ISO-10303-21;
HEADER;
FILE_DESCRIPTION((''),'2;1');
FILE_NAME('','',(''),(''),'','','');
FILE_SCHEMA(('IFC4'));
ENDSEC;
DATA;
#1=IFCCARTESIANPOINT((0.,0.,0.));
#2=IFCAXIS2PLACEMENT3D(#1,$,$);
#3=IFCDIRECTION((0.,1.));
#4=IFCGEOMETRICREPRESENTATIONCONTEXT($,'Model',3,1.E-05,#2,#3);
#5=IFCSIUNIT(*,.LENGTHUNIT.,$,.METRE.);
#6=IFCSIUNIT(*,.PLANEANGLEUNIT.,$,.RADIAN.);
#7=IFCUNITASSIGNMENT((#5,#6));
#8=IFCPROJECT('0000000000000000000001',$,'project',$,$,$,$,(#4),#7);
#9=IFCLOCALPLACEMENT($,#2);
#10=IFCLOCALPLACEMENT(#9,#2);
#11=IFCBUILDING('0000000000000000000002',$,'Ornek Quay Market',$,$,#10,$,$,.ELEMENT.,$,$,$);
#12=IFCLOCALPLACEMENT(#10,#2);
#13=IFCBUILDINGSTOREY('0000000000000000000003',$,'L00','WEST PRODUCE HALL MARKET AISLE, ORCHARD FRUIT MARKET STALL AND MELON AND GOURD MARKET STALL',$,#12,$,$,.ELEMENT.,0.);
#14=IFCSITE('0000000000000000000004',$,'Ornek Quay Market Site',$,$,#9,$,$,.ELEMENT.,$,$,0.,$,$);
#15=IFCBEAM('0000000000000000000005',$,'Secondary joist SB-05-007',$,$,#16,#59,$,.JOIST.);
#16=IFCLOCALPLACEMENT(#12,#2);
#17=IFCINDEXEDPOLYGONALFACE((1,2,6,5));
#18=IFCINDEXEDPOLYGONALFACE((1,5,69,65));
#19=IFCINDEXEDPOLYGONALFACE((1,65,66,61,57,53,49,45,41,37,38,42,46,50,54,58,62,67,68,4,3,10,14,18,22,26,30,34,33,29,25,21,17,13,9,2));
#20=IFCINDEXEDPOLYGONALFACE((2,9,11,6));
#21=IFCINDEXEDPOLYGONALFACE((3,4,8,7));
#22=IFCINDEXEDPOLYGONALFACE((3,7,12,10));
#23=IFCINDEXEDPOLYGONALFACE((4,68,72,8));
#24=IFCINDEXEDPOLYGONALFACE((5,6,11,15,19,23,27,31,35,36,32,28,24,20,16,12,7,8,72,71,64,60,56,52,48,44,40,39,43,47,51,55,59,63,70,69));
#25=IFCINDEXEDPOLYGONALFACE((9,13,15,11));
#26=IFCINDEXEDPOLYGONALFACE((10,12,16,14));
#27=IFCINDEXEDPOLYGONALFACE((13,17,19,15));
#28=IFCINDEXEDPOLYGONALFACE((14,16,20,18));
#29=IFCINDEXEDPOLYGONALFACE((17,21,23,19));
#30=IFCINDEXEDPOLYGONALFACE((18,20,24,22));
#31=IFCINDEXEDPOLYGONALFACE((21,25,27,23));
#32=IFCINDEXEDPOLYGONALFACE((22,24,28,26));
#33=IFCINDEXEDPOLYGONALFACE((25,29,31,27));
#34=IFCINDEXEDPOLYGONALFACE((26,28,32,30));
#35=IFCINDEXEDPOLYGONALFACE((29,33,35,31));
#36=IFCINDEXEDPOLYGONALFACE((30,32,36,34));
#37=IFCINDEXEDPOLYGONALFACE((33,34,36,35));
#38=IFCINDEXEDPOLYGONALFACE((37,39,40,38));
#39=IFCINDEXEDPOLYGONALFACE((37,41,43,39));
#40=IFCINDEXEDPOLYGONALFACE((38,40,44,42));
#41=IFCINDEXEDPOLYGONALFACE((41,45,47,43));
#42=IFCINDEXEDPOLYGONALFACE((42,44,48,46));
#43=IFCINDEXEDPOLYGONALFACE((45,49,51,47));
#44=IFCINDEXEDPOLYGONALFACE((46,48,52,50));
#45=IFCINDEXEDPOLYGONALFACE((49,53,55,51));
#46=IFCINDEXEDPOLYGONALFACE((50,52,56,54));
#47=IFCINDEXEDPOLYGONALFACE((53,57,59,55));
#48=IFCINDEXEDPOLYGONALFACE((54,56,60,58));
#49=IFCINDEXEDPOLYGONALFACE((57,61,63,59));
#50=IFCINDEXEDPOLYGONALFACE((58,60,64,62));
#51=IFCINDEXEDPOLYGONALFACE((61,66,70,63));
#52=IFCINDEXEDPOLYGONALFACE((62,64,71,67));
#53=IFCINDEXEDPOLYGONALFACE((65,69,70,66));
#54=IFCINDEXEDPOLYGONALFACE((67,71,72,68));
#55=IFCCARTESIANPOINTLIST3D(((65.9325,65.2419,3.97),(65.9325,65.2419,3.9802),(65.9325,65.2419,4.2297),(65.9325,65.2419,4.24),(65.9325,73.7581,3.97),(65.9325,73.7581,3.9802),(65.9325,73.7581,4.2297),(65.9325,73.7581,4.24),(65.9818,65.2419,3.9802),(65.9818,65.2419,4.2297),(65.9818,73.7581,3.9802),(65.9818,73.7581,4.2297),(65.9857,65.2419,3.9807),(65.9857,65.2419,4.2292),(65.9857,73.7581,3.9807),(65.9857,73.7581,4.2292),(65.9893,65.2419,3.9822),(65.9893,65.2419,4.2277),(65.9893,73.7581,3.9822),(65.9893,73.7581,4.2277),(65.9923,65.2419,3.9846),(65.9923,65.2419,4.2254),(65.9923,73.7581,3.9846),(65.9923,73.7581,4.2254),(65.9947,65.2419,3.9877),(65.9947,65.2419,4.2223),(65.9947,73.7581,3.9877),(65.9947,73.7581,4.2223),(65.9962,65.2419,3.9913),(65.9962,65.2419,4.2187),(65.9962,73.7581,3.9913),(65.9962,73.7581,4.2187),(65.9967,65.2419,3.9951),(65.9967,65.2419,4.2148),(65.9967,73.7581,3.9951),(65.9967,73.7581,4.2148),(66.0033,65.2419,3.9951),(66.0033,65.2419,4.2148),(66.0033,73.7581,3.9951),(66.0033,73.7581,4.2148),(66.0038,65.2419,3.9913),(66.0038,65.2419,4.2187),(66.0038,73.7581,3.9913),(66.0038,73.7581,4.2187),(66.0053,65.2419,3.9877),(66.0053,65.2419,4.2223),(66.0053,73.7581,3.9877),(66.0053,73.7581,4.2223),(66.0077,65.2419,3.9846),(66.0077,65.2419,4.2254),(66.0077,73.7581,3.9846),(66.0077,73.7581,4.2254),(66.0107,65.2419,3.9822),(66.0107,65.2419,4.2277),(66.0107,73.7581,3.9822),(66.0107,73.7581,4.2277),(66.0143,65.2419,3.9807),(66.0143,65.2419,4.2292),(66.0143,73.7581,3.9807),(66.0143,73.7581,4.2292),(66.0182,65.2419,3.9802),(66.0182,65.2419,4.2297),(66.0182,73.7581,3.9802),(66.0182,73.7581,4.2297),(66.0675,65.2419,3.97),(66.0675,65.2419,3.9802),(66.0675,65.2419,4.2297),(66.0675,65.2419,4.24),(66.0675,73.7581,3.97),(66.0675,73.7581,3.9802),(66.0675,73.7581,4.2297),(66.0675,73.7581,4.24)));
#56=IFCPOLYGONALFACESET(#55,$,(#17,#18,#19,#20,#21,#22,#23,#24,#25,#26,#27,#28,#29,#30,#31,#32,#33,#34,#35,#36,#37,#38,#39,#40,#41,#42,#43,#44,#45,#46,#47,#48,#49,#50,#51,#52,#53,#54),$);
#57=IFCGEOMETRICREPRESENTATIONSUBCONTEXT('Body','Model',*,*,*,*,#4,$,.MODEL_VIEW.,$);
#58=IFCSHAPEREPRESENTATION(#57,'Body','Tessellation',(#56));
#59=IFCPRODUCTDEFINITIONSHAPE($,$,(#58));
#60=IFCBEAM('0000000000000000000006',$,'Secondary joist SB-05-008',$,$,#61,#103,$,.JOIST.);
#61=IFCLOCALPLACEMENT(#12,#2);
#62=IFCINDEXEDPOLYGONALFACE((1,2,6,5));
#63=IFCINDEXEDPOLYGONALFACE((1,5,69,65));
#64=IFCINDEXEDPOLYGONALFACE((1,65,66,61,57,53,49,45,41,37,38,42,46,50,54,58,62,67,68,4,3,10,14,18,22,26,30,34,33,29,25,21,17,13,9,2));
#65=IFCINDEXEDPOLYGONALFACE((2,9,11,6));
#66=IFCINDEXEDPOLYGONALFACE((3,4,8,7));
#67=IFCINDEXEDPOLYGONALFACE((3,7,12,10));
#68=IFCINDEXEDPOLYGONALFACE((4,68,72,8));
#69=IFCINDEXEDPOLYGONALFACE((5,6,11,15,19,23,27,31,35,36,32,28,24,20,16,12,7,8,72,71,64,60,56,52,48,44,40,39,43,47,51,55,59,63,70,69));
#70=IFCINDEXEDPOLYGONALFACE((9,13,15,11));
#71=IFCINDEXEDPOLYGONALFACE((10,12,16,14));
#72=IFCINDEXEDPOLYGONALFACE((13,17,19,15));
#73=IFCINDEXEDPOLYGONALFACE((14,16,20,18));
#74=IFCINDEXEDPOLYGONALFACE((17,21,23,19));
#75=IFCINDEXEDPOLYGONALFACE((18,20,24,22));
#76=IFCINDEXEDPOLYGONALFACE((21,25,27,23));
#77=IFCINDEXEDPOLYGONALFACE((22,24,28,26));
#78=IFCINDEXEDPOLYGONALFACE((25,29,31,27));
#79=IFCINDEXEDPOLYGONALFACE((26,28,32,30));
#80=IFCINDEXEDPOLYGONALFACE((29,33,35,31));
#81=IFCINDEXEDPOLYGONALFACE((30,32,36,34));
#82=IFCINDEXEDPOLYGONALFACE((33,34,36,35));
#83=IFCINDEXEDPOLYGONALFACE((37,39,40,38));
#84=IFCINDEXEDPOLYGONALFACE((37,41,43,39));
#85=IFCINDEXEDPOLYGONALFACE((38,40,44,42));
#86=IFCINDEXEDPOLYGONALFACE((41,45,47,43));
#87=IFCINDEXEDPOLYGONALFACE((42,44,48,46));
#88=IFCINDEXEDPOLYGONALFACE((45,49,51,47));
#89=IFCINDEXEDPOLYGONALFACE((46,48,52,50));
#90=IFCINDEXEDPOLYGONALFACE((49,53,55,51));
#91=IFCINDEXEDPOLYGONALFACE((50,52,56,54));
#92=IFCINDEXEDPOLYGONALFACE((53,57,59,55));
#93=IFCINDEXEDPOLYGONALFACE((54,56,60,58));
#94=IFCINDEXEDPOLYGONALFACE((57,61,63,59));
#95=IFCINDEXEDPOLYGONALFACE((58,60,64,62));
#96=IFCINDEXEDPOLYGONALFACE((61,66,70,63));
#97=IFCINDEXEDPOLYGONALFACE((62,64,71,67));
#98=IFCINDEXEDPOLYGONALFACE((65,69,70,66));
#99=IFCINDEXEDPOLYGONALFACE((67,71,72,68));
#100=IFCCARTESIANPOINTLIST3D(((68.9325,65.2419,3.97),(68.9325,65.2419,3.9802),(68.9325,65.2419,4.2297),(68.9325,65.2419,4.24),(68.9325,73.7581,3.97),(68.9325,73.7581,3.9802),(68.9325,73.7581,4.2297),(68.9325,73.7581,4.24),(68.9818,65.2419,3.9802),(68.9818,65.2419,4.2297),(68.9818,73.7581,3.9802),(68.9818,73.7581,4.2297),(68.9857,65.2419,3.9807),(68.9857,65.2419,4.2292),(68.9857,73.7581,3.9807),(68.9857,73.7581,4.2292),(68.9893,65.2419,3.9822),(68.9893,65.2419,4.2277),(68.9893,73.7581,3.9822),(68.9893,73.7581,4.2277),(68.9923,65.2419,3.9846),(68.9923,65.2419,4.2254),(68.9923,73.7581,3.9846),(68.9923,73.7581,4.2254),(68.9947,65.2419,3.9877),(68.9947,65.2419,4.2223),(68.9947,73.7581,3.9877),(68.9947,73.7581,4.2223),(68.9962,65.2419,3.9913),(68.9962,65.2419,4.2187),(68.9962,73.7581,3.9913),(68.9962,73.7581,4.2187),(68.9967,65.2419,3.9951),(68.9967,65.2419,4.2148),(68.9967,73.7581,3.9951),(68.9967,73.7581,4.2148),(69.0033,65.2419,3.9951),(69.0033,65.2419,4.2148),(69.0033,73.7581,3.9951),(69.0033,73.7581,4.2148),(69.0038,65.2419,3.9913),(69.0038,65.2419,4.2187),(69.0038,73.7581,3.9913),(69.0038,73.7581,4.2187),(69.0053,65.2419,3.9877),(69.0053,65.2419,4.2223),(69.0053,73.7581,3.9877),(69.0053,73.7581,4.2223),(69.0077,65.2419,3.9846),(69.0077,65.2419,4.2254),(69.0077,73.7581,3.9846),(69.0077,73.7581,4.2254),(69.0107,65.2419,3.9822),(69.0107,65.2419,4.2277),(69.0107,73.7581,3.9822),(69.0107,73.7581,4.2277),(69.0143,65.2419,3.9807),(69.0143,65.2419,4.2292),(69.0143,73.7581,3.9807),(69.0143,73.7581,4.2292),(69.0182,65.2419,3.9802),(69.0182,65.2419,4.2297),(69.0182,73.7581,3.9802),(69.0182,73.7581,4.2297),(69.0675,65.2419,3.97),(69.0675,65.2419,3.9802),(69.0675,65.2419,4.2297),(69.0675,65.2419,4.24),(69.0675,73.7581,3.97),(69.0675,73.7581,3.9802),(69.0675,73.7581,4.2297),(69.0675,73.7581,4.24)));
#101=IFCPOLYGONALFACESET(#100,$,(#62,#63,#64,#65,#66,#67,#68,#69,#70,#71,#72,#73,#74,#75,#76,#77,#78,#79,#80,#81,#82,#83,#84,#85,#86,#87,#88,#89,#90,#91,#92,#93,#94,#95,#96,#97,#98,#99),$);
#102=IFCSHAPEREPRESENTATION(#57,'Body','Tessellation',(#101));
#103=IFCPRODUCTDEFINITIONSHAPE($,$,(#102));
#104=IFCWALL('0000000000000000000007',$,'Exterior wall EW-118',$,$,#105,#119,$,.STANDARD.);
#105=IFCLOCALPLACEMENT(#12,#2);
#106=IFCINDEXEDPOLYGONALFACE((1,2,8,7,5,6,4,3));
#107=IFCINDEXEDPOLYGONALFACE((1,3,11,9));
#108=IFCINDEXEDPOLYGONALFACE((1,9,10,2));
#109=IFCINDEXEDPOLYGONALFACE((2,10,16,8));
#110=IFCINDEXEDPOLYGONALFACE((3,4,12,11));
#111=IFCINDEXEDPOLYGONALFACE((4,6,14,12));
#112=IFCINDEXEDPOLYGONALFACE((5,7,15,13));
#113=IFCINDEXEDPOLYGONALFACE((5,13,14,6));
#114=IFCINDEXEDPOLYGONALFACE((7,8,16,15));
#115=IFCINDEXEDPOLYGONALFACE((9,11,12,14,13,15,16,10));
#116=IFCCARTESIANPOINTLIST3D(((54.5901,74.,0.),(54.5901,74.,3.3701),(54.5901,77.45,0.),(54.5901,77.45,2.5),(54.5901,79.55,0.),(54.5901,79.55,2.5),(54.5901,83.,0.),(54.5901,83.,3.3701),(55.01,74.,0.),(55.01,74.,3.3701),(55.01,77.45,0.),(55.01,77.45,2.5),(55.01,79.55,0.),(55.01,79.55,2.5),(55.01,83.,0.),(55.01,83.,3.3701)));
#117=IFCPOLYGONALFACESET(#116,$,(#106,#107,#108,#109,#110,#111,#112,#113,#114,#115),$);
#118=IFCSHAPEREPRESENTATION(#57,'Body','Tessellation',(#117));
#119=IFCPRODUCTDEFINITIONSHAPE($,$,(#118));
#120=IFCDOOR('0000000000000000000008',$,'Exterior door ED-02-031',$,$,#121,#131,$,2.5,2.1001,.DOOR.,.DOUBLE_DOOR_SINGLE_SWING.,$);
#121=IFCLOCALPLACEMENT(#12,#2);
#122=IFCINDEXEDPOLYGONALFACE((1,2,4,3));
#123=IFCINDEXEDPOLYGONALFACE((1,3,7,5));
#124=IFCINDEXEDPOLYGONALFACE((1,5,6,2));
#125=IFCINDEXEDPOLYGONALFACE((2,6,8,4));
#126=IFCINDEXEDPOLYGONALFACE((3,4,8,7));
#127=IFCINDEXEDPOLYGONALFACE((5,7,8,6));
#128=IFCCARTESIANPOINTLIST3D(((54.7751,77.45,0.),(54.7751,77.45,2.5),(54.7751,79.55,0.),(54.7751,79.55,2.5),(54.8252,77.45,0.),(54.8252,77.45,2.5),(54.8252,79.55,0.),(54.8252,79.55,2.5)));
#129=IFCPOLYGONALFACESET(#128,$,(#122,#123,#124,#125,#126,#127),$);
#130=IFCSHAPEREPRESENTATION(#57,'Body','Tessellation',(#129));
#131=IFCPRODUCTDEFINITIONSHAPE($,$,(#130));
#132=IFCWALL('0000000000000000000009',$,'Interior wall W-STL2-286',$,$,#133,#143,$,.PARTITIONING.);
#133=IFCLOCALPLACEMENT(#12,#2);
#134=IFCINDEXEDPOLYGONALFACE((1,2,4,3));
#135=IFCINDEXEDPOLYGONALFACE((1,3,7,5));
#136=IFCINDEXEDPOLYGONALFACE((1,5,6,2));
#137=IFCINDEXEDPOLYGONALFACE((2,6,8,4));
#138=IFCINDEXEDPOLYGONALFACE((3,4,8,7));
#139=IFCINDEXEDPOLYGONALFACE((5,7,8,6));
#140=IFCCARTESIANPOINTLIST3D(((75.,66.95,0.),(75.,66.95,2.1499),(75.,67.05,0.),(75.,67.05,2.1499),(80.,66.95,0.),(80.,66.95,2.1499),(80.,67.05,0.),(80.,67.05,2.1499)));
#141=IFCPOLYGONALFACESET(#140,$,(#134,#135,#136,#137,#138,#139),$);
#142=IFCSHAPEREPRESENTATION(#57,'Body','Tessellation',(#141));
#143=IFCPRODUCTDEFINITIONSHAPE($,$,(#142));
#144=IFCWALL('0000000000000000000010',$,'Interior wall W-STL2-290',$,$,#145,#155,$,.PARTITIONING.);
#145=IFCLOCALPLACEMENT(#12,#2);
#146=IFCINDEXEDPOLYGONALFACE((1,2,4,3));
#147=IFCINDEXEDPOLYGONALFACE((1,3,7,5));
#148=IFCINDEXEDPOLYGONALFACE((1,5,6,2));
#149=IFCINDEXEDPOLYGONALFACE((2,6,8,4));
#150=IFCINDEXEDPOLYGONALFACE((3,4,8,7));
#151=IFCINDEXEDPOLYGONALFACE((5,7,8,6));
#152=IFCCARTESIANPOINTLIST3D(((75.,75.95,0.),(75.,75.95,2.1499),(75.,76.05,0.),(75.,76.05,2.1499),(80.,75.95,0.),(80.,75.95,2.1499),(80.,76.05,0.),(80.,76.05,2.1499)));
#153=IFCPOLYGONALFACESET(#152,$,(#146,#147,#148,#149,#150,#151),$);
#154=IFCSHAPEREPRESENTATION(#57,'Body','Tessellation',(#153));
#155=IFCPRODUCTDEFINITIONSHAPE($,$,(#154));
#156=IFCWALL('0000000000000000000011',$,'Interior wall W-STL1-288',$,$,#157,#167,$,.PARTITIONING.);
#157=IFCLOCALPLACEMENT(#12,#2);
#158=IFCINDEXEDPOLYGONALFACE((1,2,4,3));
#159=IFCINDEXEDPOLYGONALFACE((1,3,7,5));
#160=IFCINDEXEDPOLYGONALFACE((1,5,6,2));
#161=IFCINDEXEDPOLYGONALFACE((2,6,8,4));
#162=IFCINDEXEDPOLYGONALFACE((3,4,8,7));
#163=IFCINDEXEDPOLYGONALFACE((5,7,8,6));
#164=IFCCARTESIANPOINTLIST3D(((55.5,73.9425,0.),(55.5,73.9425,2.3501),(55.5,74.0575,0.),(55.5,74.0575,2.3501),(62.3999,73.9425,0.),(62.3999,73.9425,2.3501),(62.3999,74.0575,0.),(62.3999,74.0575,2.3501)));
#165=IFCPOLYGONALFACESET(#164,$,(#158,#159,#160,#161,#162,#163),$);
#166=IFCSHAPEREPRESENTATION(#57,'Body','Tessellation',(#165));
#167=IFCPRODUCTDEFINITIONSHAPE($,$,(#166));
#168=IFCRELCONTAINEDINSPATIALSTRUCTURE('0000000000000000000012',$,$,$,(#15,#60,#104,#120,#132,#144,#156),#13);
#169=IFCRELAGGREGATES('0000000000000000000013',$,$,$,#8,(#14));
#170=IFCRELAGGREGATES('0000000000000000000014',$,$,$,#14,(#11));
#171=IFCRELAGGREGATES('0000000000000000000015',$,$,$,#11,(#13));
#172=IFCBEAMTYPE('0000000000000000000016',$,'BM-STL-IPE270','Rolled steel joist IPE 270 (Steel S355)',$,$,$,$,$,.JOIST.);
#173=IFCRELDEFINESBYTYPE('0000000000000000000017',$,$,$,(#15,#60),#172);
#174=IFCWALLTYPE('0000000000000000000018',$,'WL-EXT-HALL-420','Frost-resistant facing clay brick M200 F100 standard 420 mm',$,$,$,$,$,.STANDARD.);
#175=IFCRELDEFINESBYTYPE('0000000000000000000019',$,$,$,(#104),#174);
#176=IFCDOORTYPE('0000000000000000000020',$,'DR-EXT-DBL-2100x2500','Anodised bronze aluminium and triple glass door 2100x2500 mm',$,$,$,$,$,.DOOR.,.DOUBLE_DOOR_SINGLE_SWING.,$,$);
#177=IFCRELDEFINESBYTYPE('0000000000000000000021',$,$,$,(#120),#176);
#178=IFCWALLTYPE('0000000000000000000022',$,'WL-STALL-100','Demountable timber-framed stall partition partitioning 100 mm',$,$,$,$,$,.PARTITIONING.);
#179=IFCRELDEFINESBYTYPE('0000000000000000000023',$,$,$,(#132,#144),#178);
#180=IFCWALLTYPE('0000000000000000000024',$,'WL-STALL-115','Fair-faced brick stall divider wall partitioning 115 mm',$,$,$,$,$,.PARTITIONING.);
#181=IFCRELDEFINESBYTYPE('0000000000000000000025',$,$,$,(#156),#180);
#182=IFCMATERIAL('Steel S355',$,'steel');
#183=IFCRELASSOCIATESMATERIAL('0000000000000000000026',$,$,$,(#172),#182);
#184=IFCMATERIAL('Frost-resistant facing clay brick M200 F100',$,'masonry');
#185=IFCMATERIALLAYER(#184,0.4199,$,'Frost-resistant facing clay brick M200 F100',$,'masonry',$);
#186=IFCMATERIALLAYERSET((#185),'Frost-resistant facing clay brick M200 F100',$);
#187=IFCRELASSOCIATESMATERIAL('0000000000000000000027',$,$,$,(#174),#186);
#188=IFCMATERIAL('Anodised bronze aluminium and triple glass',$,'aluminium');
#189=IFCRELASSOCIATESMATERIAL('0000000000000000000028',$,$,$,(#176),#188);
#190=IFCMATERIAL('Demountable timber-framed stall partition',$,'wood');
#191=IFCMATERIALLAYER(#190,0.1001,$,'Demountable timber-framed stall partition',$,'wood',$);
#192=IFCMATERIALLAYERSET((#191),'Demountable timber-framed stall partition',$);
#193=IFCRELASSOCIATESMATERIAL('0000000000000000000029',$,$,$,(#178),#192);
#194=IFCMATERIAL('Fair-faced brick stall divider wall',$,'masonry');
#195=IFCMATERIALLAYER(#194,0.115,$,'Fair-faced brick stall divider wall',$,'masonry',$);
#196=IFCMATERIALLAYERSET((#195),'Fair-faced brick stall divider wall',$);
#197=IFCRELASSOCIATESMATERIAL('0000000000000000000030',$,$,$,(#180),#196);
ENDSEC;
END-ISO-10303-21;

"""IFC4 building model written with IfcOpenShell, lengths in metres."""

from ifc_helpers import new_model, si_unit, direction, frame, frame_2d, origin, origin_2d, place, context, subcontext, project, spatial, rectangle, i_section, extrude, material, layer, layer_set, material_profile, profile_set, type_object, element, fill, save


model = new_model("IFC4")

# Units and contexts
model_context = context("Model", 3, precision=1e-05, world=origin(), true_north=direction((0.0, 1.0)))
body_context = subcontext(model_context, "Body", "Model", "MODEL_VIEW")
ifc_project = project(units=[si_unit("LENGTHUNIT", "METRE"), si_unit("PLANEANGLEUNIT", "RADIAN")], contexts=[model_context])

# Site, building, storey
site_placement = place(None, origin())
site = spatial("IfcSite", under=ifc_project, at=site_placement, Name="Ornek Quay Market Site", CompositionType="ELEMENT", RefElevation=0.0)
building_placement = place(site_placement, origin())
building = spatial("IfcBuilding", under=site, at=building_placement, Name="Ornek Quay Market", CompositionType="ELEMENT")
storey_placement = place(building_placement, origin())
storey = spatial("IfcBuildingStorey", under=building, at=storey_placement, Name="L00", Description="WEST PRODUCE HALL MARKET AISLE, ORCHARD FRUIT MARKET STALL AND MELON AND GOURD MARKET STALL", CompositionType="ELEMENT", Elevation=0.0)

# Beams
ifc_material_1 = material(Name="Steel S355", Category="steel")
ifc_material_profile_1 = material_profile(ifc_material_1, i_section(OverallWidth=0.135, OverallDepth=0.27, WebThickness=0.0066, FlangeThickness=0.0103, FilletRadius=0.0149, at=origin_2d()), Name="IPE 270", Category="steel")
ifc_profile_set_1 = profile_set([ifc_material_profile_1], Name="Steel S355")
beam_type_1 = type_object("IfcBeamType", Name="BM-STL-IPE270", Description="Rolled steel joist IPE 270 (Steel S355)", PredefinedType="JOIST", material=ifc_profile_set_1)
for number, where, z_axis, x_axis, name in (
    (1, (66.0, 65.2419, 4.105), (0.0, 1.0, 0.0), (-1.0, 0.0, 0.0), "Secondary joist SB-05-007"),
    (2, (69.0, 65.2419, 4.105), (0.0, 1.0, 0.0), (-1.0, 0.0, 0.0), "Secondary joist SB-05-008"),
):
    element("IfcBeam", number, at=place(storey_placement, frame(where, z_axis=z_axis, x_axis=x_axis)), inside=storey, type_object=beam_type_1, Name=name, PredefinedType="JOIST", context=body_context, shape_type="SweptSolid", body=[
        extrude(i_section(OverallWidth=0.135, OverallDepth=0.27, WebThickness=0.0066, FlangeThickness=0.0103, FilletRadius=0.0149, at=origin_2d()), origin(), (0.0, 0.0, 1.0), 8.5161),
    ])

# Wall, opening, door
ifc_material_2 = material(Name="Frost-resistant facing clay brick M200 F100", Category="masonry")
ifc_layer_1 = layer(ifc_material_2, 0.4199, Name="Frost-resistant facing clay brick M200 F100", Category="masonry")
ifc_layer_set_1 = layer_set([ifc_layer_1], Name="Frost-resistant facing clay brick M200 F100")
wall_type_1 = type_object("IfcWallType", Name="WL-EXT-HALL-420", Description="Frost-resistant facing clay brick M200 F100 standard 420 mm", PredefinedType="STANDARD", material=ifc_layer_set_1)
wall_1_placement = place(storey_placement, frame((54.8, 74.0, 0.0), z_axis=(0.0, 0.0, 1.0), x_axis=(0.0, 1.0, 0.0)))
wall_1 = element("IfcWall", 3, at=wall_1_placement, inside=storey, type_object=wall_type_1, Name="Exterior wall EW-118", PredefinedType="STANDARD", context=body_context, shape_type="SweptSolid", body=[
    extrude(rectangle(XDim=9.0, YDim=0.4199, at=frame_2d((4.5, 0.0))), origin(), (0.0, 0.0, 1.0), 3.3701),
])
opening_placement = place(wall_1_placement, frame((3.45, 0.0, 0.0)))
opening = element("IfcOpeningElement", 4, at=opening_placement, cuts=wall_1, PredefinedType="OPENING", context=body_context, shape_type="SweptSolid", body=[
    extrude(rectangle(XDim=2.1001, YDim=2.5, at=frame_2d((1.05, 1.25))), frame((0.0, 0.22, 0.0), z_axis=(0.0, -1.0, 0.0), x_axis=(1.0, 0.0, 0.0)), (0.0, 0.0, 1.0), 0.4399),
])
ifc_material_3 = material(Name="Anodised bronze aluminium and triple glass", Category="aluminium")
door_type = type_object("IfcDoorType", Name="DR-EXT-DBL-2100x2500", Description="Anodised bronze aluminium and triple glass door 2100x2500 mm", OperationType="DOUBLE_DOOR_SINGLE_SWING", PredefinedType="DOOR", material=ifc_material_3)
door_placement = place(opening_placement, origin())
door = element("IfcDoor", 5, at=door_placement, inside=storey, type_object=door_type, Name="Exterior door ED-02-031", OperationType="DOUBLE_DOOR_SINGLE_SWING", OverallHeight=2.5, OverallWidth=2.1001, PredefinedType="DOOR", context=body_context, shape_type="SweptSolid", body=[
    extrude(rectangle(XDim=2.1001, YDim=2.5, at=frame_2d((1.05, 1.25))), frame((0.0, 0.0249, 0.0), z_axis=(0.0, -1.0, 0.0), x_axis=(1.0, 0.0, 0.0)), (0.0, 0.0, 1.0), 0.05),
])
fill(opening, door)

# Walls
ifc_material_4 = material(Name="Demountable timber-framed stall partition", Category="wood")
ifc_layer_2 = layer(ifc_material_4, 0.1001, Name="Demountable timber-framed stall partition", Category="wood")
ifc_layer_set_2 = layer_set([ifc_layer_2], Name="Demountable timber-framed stall partition")
wall_type_2 = type_object("IfcWallType", Name="WL-STALL-100", Description="Demountable timber-framed stall partition partitioning 100 mm", PredefinedType="PARTITIONING", material=ifc_layer_set_2)
for number, where, z_axis, x_axis, name in (
    (6, (75.0, 67.0, 0.0), (0.0, 0.0, 1.0), (1.0, 0.0, 0.0), "Interior wall W-STL2-286"),
    (7, (75.0, 76.0, 0.0), (0.0, 0.0, 1.0), (1.0, 0.0, 0.0), "Interior wall W-STL2-290"),
):
    element("IfcWall", number, at=place(storey_placement, frame(where, z_axis=z_axis, x_axis=x_axis)), inside=storey, type_object=wall_type_2, Name=name, PredefinedType="PARTITIONING", context=body_context, shape_type="SweptSolid", body=[
        extrude(rectangle(XDim=5.0, YDim=0.1001, at=frame_2d((2.5, 0.0))), origin(), (0.0, 0.0, 1.0), 2.1499),
    ])
ifc_material_5 = material(Name="Fair-faced brick stall divider wall", Category="masonry")
ifc_layer_3 = layer(ifc_material_5, 0.115, Name="Fair-faced brick stall divider wall", Category="masonry")
ifc_layer_set_3 = layer_set([ifc_layer_3], Name="Fair-faced brick stall divider wall")
wall_type_3 = type_object("IfcWallType", Name="WL-STALL-115", Description="Fair-faced brick stall divider wall partitioning 115 mm", PredefinedType="PARTITIONING", material=ifc_layer_set_3)
wall_2_placement = place(storey_placement, frame((55.5, 74.0, 0.0), z_axis=(0.0, 0.0, 1.0), x_axis=(1.0, 0.0, 0.0)))
element("IfcWall", 8, at=wall_2_placement, inside=storey, type_object=wall_type_3, Name="Interior wall W-STL1-288", PredefinedType="PARTITIONING", context=body_context, shape_type="SweptSolid", body=[
    extrude(rectangle(XDim=6.8999, YDim=0.115, at=frame_2d((3.45, 0.0))), origin(), (0.0, 0.0, 1.0), 2.3501),
])

save(model, "model.ifc")
